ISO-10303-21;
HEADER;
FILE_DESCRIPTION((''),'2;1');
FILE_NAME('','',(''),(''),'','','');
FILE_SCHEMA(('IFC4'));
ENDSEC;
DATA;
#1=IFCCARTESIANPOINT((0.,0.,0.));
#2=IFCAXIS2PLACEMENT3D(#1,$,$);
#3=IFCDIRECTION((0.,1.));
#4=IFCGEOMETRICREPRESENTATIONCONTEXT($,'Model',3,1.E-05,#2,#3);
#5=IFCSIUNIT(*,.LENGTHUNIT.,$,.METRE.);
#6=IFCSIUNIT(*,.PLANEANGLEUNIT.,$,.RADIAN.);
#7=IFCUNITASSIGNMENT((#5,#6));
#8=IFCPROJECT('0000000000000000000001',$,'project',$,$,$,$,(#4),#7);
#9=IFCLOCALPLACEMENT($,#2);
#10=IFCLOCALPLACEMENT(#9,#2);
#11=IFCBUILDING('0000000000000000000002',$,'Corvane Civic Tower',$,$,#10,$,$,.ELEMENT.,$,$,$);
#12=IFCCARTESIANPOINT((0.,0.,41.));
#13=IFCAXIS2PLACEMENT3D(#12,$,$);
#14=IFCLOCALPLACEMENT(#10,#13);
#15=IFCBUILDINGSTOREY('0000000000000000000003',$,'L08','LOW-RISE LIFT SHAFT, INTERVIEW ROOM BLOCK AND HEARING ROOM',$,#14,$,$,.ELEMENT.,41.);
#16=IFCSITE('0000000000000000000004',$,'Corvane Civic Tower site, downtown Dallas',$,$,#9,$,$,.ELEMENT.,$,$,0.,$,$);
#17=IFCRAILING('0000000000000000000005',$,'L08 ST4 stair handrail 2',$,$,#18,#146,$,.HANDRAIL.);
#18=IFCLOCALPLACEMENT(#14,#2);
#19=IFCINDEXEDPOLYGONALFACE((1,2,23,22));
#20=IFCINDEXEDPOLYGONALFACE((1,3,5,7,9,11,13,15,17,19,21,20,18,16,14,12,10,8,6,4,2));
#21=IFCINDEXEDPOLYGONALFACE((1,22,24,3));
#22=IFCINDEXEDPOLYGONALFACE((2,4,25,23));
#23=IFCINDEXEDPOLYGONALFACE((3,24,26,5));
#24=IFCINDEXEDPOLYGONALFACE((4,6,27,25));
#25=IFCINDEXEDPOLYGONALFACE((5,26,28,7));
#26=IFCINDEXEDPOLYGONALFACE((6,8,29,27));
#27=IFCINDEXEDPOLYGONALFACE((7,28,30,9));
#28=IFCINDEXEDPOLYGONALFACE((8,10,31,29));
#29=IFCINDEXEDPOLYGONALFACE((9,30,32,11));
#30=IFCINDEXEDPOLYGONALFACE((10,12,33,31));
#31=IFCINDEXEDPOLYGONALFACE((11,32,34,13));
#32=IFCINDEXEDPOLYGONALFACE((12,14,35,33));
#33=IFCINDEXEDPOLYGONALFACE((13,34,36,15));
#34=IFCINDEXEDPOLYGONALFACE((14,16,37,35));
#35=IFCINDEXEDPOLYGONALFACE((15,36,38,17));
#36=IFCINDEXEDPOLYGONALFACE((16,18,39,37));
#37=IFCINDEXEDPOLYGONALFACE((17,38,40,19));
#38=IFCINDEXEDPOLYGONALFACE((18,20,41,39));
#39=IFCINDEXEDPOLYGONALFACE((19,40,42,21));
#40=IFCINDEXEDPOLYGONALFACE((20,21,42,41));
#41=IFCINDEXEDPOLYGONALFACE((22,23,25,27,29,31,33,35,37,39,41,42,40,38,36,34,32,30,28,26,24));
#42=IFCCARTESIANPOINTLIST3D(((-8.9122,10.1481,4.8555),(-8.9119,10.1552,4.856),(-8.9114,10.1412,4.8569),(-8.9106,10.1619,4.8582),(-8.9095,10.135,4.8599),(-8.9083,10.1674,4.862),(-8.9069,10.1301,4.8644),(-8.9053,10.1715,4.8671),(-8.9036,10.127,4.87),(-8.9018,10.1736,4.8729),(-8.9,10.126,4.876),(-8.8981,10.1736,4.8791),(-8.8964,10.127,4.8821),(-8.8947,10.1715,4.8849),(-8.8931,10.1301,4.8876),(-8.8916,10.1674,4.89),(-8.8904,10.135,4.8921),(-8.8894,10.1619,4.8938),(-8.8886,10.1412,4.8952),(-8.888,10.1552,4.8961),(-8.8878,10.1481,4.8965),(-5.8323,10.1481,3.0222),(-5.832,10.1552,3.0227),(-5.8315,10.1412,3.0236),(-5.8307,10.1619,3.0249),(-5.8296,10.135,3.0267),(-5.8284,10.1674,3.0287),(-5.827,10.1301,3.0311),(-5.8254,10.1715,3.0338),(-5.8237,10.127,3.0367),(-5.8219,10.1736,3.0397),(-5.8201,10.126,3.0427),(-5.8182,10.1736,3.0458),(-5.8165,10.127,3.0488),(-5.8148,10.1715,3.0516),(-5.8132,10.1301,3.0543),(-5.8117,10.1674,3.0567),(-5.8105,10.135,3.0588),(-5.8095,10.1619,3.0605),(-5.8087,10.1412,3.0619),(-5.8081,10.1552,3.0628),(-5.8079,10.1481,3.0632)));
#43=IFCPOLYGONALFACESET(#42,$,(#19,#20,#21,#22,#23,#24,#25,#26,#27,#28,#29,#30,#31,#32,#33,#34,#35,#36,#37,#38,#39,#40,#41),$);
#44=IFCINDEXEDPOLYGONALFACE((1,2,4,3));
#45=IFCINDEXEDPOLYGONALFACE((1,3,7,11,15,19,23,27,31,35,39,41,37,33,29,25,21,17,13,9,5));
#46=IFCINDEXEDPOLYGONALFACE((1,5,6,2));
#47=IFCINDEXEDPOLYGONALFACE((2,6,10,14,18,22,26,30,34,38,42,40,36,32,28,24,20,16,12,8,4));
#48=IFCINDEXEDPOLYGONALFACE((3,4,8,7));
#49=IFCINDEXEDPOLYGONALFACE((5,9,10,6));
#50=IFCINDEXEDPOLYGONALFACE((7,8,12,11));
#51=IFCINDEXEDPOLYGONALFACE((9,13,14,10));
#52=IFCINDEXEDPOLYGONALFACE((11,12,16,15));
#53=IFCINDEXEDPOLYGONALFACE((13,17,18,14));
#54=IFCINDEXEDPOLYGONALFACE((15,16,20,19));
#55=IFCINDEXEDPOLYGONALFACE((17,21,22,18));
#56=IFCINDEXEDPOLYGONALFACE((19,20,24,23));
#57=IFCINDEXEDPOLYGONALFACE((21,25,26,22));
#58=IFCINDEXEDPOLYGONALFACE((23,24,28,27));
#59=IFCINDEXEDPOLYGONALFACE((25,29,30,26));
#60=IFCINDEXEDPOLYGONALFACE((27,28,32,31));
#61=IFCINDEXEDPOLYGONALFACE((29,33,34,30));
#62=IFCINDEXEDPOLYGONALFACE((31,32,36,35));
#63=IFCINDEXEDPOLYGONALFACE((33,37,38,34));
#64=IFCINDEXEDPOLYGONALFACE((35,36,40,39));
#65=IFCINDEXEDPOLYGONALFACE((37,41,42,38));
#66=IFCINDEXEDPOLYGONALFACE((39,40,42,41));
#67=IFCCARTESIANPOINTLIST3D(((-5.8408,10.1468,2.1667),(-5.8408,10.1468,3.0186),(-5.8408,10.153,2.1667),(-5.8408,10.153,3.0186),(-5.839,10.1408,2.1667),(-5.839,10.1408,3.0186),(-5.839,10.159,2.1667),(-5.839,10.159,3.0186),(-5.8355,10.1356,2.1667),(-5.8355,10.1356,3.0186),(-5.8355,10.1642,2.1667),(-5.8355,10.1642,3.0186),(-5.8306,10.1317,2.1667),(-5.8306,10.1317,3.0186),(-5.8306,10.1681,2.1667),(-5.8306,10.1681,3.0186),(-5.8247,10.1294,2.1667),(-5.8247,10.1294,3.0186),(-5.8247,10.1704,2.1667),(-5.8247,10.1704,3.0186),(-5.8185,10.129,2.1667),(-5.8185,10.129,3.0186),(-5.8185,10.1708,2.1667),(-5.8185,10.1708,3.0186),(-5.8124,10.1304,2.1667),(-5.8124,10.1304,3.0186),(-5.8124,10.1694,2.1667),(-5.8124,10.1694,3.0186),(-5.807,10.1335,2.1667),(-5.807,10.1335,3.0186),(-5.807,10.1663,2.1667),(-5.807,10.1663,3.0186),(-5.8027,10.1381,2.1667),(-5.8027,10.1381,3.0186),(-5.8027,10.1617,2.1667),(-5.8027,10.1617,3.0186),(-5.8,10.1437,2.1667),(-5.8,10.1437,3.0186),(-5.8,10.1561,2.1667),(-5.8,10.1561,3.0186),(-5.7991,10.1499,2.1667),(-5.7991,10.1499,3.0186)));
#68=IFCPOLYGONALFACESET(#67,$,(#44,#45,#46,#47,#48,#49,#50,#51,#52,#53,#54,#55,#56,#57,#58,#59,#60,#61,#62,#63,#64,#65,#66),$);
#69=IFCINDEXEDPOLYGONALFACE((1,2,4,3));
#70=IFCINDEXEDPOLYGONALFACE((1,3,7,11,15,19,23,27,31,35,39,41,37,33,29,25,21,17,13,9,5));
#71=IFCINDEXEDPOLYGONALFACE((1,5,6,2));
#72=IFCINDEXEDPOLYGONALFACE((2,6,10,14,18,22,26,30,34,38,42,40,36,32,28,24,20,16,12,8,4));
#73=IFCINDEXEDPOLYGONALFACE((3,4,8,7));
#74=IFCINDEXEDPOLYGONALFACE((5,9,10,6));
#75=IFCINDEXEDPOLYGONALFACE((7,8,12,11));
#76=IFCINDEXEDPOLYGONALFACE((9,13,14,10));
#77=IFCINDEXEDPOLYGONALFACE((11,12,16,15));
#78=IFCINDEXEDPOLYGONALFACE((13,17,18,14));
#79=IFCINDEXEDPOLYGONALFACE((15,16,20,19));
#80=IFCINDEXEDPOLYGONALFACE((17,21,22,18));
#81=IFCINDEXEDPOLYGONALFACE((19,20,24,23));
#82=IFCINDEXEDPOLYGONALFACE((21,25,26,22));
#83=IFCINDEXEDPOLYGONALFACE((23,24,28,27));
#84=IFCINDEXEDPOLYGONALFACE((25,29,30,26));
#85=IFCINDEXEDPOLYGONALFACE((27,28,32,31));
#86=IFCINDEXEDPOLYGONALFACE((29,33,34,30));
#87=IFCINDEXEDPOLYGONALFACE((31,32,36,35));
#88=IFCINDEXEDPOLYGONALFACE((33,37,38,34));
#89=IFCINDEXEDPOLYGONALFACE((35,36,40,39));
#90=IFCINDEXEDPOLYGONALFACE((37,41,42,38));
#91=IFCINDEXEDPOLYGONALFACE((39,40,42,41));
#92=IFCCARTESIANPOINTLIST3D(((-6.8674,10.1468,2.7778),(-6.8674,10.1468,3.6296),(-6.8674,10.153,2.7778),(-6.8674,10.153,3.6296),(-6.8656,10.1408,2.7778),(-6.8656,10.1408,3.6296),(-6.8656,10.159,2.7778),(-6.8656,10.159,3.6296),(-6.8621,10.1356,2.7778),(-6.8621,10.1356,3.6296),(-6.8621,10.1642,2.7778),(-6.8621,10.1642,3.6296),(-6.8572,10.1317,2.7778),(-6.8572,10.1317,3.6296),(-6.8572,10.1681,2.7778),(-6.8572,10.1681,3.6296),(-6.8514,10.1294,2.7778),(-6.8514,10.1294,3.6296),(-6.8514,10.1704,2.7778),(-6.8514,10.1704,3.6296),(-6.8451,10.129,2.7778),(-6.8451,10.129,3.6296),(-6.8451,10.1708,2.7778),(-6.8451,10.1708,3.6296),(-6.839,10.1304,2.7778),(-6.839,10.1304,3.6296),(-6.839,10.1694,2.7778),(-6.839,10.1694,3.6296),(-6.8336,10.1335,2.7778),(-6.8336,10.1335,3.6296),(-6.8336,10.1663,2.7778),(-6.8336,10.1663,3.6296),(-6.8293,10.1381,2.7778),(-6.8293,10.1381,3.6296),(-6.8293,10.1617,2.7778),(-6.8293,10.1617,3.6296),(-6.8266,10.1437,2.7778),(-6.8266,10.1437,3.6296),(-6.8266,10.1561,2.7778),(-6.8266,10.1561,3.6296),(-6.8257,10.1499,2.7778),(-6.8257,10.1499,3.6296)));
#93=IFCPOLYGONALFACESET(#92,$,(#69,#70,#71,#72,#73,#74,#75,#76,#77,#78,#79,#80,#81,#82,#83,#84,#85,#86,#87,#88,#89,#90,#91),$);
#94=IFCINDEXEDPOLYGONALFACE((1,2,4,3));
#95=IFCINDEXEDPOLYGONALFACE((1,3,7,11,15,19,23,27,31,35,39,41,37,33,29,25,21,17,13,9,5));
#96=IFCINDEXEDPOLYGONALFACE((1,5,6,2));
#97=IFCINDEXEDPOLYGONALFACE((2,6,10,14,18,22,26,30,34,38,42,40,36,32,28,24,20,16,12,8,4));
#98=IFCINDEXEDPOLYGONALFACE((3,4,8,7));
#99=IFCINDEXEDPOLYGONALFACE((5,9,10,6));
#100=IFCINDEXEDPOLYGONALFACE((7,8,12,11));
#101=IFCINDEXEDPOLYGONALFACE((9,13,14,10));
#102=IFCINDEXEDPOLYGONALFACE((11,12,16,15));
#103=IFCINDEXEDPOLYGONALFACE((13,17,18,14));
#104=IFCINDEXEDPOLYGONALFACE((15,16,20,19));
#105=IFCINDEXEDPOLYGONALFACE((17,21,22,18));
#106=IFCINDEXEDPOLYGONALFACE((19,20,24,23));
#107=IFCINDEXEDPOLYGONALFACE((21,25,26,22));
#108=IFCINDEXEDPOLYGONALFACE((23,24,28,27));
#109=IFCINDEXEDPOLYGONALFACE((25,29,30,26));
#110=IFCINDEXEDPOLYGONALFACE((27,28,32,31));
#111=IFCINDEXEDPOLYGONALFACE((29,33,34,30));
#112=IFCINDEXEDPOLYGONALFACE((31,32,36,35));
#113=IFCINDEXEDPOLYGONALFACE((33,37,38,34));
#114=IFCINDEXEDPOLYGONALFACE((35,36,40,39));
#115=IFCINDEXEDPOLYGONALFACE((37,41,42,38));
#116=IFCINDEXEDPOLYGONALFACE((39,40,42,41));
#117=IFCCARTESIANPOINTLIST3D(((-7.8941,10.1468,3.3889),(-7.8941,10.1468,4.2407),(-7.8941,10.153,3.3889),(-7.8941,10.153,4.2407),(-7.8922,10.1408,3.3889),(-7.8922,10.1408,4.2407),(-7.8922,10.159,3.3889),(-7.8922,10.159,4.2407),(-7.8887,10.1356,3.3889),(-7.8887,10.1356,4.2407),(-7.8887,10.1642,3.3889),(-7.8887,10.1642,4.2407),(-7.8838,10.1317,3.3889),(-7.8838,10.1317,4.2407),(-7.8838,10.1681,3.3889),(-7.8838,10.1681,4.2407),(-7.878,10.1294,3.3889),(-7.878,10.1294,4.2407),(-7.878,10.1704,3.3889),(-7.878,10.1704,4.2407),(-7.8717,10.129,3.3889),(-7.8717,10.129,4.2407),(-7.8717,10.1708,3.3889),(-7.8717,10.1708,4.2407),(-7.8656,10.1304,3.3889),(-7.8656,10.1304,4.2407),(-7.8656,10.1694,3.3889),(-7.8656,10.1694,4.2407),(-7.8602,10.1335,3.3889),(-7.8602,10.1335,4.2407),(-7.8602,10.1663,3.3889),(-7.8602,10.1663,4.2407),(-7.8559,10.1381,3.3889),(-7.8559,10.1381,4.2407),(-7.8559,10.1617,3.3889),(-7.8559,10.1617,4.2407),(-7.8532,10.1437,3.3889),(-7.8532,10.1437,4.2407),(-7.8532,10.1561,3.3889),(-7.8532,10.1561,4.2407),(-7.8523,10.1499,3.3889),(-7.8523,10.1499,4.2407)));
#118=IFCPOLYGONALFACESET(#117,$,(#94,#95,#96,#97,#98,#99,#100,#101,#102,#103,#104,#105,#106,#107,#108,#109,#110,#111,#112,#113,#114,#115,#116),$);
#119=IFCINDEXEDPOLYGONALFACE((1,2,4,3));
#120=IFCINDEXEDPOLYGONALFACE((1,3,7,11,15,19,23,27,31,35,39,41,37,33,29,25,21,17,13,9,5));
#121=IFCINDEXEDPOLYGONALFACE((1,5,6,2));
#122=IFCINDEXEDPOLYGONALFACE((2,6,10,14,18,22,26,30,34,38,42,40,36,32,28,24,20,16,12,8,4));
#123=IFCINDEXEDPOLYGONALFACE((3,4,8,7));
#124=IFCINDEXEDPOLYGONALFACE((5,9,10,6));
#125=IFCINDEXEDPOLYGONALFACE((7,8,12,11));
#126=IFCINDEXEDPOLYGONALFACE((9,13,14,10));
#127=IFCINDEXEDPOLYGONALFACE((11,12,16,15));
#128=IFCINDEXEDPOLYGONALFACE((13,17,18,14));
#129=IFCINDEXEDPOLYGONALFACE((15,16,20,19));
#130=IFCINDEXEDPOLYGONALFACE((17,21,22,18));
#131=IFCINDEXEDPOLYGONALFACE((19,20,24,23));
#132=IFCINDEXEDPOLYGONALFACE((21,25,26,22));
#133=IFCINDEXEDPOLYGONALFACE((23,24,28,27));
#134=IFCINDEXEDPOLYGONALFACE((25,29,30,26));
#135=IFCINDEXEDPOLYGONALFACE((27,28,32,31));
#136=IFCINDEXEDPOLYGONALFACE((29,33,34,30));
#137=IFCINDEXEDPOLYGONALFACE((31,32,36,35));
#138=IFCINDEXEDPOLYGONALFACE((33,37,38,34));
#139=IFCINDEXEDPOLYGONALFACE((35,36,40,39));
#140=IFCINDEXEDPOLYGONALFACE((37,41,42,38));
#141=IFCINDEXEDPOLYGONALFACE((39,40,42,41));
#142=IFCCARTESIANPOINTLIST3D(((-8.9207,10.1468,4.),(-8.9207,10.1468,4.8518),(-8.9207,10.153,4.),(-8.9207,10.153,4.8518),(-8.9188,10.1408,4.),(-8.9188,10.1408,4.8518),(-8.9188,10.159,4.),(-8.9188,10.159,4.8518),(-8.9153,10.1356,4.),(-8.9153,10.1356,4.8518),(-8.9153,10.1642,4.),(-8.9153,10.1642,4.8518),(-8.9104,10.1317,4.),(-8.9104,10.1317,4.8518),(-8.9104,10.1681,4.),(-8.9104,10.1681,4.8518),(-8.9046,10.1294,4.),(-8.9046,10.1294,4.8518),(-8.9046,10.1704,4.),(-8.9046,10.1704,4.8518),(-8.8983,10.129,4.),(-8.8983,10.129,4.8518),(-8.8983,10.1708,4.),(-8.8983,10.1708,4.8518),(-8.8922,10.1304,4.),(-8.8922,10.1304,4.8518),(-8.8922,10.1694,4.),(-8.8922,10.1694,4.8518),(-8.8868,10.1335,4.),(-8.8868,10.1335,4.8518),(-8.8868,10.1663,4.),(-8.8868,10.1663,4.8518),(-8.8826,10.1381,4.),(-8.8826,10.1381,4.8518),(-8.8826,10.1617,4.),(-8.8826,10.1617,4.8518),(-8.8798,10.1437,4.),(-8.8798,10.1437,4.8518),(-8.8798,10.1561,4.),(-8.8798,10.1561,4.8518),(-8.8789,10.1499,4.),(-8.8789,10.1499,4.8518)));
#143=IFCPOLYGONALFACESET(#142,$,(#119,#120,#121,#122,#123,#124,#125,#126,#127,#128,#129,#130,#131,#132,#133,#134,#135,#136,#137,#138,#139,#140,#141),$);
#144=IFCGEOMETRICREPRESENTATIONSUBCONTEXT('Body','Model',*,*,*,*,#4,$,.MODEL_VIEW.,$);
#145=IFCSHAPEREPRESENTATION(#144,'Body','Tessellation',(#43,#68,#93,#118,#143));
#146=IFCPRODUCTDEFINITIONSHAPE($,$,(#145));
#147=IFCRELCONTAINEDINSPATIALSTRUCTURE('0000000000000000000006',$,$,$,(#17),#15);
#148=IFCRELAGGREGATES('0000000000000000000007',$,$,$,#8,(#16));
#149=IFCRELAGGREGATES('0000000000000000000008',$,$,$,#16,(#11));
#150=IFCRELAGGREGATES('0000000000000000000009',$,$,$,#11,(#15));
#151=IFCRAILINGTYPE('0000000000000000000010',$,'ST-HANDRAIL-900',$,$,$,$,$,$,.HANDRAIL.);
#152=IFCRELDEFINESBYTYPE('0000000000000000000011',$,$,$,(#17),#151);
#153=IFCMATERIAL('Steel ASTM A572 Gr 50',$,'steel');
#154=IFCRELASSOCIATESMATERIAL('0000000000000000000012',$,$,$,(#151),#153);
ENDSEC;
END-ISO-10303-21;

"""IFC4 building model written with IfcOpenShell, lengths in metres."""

from ifc_helpers import new_model, si_unit, direction, frame, origin, origin_2d, place, context, subcontext, project, spatial, circle, extrude, material, type_object, element, save


model = new_model("IFC4")

# Units and contexts
model_context = context("Model", 3, precision=1e-05, world=origin(), true_north=direction((0.0, 1.0)))
body_context = subcontext(model_context, "Body", "Model", "MODEL_VIEW")
ifc_project = project(units=[si_unit("LENGTHUNIT", "METRE"), si_unit("PLANEANGLEUNIT", "RADIAN")], contexts=[model_context])

# Site, building, storey
site_placement = place(None, origin())
site = spatial("IfcSite", under=ifc_project, at=site_placement, Name="Corvane Civic Tower site, downtown Dallas", CompositionType="ELEMENT", RefElevation=0.0)
building_placement = place(site_placement, origin())
building = spatial("IfcBuilding", under=site, at=building_placement, Name="Corvane Civic Tower", CompositionType="ELEMENT")
storey_placement = place(building_placement, frame((0.0, 0.0, 41.0)))
storey = spatial("IfcBuildingStorey", under=building, at=storey_placement, Name="L08", Description="LOW-RISE LIFT SHAFT, INTERVIEW ROOM BLOCK AND HEARING ROOM", CompositionType="ELEMENT", Elevation=41.0)

# Railing
ifc_material_1 = material(Name="Steel ASTM A572 Gr 50", Category="steel")
railing_type_1 = type_object("IfcRailingType", Name="ST-HANDRAIL-900", PredefinedType="HANDRAIL", material=ifc_material_1)
railing_1_placement = place(storey_placement, frame((-5.8201, 10.1499, 2.1667)))
element("IfcRailing", 1, at=railing_1_placement, inside=storey, type_object=railing_type_1, Name="L08 ST4 stair handrail 2", PredefinedType="HANDRAIL", context=body_context, shape_type="SweptSolid", body=[
    extrude(circle(Radius=0.0239, at=origin_2d()), frame((0.0, 0.0, 0.876), z_axis=(-0.859291, 0.0, 0.511487), x_axis=(0.0, -1.0, 0.0)), (0.0, 0.0, 1.0), 3.5842),
    extrude(circle(Radius=0.021, at=origin_2d()), origin(), (0.0, 0.0, 1.0), 0.8518),
    extrude(circle(Radius=0.021, at=origin_2d()), frame((-1.0266, 0.0, 0.6111)), (0.0, 0.0, 1.0), 0.8518),
    extrude(circle(Radius=0.021, at=origin_2d()), frame((-2.0532, 0.0, 1.2222)), (0.0, 0.0, 1.0), 0.8518),
    extrude(circle(Radius=0.021, at=origin_2d()), frame((-3.0798, 0.0, 1.8333)), (0.0, 0.0, 1.0), 0.8518),
])

save(model, "model.ifc")
